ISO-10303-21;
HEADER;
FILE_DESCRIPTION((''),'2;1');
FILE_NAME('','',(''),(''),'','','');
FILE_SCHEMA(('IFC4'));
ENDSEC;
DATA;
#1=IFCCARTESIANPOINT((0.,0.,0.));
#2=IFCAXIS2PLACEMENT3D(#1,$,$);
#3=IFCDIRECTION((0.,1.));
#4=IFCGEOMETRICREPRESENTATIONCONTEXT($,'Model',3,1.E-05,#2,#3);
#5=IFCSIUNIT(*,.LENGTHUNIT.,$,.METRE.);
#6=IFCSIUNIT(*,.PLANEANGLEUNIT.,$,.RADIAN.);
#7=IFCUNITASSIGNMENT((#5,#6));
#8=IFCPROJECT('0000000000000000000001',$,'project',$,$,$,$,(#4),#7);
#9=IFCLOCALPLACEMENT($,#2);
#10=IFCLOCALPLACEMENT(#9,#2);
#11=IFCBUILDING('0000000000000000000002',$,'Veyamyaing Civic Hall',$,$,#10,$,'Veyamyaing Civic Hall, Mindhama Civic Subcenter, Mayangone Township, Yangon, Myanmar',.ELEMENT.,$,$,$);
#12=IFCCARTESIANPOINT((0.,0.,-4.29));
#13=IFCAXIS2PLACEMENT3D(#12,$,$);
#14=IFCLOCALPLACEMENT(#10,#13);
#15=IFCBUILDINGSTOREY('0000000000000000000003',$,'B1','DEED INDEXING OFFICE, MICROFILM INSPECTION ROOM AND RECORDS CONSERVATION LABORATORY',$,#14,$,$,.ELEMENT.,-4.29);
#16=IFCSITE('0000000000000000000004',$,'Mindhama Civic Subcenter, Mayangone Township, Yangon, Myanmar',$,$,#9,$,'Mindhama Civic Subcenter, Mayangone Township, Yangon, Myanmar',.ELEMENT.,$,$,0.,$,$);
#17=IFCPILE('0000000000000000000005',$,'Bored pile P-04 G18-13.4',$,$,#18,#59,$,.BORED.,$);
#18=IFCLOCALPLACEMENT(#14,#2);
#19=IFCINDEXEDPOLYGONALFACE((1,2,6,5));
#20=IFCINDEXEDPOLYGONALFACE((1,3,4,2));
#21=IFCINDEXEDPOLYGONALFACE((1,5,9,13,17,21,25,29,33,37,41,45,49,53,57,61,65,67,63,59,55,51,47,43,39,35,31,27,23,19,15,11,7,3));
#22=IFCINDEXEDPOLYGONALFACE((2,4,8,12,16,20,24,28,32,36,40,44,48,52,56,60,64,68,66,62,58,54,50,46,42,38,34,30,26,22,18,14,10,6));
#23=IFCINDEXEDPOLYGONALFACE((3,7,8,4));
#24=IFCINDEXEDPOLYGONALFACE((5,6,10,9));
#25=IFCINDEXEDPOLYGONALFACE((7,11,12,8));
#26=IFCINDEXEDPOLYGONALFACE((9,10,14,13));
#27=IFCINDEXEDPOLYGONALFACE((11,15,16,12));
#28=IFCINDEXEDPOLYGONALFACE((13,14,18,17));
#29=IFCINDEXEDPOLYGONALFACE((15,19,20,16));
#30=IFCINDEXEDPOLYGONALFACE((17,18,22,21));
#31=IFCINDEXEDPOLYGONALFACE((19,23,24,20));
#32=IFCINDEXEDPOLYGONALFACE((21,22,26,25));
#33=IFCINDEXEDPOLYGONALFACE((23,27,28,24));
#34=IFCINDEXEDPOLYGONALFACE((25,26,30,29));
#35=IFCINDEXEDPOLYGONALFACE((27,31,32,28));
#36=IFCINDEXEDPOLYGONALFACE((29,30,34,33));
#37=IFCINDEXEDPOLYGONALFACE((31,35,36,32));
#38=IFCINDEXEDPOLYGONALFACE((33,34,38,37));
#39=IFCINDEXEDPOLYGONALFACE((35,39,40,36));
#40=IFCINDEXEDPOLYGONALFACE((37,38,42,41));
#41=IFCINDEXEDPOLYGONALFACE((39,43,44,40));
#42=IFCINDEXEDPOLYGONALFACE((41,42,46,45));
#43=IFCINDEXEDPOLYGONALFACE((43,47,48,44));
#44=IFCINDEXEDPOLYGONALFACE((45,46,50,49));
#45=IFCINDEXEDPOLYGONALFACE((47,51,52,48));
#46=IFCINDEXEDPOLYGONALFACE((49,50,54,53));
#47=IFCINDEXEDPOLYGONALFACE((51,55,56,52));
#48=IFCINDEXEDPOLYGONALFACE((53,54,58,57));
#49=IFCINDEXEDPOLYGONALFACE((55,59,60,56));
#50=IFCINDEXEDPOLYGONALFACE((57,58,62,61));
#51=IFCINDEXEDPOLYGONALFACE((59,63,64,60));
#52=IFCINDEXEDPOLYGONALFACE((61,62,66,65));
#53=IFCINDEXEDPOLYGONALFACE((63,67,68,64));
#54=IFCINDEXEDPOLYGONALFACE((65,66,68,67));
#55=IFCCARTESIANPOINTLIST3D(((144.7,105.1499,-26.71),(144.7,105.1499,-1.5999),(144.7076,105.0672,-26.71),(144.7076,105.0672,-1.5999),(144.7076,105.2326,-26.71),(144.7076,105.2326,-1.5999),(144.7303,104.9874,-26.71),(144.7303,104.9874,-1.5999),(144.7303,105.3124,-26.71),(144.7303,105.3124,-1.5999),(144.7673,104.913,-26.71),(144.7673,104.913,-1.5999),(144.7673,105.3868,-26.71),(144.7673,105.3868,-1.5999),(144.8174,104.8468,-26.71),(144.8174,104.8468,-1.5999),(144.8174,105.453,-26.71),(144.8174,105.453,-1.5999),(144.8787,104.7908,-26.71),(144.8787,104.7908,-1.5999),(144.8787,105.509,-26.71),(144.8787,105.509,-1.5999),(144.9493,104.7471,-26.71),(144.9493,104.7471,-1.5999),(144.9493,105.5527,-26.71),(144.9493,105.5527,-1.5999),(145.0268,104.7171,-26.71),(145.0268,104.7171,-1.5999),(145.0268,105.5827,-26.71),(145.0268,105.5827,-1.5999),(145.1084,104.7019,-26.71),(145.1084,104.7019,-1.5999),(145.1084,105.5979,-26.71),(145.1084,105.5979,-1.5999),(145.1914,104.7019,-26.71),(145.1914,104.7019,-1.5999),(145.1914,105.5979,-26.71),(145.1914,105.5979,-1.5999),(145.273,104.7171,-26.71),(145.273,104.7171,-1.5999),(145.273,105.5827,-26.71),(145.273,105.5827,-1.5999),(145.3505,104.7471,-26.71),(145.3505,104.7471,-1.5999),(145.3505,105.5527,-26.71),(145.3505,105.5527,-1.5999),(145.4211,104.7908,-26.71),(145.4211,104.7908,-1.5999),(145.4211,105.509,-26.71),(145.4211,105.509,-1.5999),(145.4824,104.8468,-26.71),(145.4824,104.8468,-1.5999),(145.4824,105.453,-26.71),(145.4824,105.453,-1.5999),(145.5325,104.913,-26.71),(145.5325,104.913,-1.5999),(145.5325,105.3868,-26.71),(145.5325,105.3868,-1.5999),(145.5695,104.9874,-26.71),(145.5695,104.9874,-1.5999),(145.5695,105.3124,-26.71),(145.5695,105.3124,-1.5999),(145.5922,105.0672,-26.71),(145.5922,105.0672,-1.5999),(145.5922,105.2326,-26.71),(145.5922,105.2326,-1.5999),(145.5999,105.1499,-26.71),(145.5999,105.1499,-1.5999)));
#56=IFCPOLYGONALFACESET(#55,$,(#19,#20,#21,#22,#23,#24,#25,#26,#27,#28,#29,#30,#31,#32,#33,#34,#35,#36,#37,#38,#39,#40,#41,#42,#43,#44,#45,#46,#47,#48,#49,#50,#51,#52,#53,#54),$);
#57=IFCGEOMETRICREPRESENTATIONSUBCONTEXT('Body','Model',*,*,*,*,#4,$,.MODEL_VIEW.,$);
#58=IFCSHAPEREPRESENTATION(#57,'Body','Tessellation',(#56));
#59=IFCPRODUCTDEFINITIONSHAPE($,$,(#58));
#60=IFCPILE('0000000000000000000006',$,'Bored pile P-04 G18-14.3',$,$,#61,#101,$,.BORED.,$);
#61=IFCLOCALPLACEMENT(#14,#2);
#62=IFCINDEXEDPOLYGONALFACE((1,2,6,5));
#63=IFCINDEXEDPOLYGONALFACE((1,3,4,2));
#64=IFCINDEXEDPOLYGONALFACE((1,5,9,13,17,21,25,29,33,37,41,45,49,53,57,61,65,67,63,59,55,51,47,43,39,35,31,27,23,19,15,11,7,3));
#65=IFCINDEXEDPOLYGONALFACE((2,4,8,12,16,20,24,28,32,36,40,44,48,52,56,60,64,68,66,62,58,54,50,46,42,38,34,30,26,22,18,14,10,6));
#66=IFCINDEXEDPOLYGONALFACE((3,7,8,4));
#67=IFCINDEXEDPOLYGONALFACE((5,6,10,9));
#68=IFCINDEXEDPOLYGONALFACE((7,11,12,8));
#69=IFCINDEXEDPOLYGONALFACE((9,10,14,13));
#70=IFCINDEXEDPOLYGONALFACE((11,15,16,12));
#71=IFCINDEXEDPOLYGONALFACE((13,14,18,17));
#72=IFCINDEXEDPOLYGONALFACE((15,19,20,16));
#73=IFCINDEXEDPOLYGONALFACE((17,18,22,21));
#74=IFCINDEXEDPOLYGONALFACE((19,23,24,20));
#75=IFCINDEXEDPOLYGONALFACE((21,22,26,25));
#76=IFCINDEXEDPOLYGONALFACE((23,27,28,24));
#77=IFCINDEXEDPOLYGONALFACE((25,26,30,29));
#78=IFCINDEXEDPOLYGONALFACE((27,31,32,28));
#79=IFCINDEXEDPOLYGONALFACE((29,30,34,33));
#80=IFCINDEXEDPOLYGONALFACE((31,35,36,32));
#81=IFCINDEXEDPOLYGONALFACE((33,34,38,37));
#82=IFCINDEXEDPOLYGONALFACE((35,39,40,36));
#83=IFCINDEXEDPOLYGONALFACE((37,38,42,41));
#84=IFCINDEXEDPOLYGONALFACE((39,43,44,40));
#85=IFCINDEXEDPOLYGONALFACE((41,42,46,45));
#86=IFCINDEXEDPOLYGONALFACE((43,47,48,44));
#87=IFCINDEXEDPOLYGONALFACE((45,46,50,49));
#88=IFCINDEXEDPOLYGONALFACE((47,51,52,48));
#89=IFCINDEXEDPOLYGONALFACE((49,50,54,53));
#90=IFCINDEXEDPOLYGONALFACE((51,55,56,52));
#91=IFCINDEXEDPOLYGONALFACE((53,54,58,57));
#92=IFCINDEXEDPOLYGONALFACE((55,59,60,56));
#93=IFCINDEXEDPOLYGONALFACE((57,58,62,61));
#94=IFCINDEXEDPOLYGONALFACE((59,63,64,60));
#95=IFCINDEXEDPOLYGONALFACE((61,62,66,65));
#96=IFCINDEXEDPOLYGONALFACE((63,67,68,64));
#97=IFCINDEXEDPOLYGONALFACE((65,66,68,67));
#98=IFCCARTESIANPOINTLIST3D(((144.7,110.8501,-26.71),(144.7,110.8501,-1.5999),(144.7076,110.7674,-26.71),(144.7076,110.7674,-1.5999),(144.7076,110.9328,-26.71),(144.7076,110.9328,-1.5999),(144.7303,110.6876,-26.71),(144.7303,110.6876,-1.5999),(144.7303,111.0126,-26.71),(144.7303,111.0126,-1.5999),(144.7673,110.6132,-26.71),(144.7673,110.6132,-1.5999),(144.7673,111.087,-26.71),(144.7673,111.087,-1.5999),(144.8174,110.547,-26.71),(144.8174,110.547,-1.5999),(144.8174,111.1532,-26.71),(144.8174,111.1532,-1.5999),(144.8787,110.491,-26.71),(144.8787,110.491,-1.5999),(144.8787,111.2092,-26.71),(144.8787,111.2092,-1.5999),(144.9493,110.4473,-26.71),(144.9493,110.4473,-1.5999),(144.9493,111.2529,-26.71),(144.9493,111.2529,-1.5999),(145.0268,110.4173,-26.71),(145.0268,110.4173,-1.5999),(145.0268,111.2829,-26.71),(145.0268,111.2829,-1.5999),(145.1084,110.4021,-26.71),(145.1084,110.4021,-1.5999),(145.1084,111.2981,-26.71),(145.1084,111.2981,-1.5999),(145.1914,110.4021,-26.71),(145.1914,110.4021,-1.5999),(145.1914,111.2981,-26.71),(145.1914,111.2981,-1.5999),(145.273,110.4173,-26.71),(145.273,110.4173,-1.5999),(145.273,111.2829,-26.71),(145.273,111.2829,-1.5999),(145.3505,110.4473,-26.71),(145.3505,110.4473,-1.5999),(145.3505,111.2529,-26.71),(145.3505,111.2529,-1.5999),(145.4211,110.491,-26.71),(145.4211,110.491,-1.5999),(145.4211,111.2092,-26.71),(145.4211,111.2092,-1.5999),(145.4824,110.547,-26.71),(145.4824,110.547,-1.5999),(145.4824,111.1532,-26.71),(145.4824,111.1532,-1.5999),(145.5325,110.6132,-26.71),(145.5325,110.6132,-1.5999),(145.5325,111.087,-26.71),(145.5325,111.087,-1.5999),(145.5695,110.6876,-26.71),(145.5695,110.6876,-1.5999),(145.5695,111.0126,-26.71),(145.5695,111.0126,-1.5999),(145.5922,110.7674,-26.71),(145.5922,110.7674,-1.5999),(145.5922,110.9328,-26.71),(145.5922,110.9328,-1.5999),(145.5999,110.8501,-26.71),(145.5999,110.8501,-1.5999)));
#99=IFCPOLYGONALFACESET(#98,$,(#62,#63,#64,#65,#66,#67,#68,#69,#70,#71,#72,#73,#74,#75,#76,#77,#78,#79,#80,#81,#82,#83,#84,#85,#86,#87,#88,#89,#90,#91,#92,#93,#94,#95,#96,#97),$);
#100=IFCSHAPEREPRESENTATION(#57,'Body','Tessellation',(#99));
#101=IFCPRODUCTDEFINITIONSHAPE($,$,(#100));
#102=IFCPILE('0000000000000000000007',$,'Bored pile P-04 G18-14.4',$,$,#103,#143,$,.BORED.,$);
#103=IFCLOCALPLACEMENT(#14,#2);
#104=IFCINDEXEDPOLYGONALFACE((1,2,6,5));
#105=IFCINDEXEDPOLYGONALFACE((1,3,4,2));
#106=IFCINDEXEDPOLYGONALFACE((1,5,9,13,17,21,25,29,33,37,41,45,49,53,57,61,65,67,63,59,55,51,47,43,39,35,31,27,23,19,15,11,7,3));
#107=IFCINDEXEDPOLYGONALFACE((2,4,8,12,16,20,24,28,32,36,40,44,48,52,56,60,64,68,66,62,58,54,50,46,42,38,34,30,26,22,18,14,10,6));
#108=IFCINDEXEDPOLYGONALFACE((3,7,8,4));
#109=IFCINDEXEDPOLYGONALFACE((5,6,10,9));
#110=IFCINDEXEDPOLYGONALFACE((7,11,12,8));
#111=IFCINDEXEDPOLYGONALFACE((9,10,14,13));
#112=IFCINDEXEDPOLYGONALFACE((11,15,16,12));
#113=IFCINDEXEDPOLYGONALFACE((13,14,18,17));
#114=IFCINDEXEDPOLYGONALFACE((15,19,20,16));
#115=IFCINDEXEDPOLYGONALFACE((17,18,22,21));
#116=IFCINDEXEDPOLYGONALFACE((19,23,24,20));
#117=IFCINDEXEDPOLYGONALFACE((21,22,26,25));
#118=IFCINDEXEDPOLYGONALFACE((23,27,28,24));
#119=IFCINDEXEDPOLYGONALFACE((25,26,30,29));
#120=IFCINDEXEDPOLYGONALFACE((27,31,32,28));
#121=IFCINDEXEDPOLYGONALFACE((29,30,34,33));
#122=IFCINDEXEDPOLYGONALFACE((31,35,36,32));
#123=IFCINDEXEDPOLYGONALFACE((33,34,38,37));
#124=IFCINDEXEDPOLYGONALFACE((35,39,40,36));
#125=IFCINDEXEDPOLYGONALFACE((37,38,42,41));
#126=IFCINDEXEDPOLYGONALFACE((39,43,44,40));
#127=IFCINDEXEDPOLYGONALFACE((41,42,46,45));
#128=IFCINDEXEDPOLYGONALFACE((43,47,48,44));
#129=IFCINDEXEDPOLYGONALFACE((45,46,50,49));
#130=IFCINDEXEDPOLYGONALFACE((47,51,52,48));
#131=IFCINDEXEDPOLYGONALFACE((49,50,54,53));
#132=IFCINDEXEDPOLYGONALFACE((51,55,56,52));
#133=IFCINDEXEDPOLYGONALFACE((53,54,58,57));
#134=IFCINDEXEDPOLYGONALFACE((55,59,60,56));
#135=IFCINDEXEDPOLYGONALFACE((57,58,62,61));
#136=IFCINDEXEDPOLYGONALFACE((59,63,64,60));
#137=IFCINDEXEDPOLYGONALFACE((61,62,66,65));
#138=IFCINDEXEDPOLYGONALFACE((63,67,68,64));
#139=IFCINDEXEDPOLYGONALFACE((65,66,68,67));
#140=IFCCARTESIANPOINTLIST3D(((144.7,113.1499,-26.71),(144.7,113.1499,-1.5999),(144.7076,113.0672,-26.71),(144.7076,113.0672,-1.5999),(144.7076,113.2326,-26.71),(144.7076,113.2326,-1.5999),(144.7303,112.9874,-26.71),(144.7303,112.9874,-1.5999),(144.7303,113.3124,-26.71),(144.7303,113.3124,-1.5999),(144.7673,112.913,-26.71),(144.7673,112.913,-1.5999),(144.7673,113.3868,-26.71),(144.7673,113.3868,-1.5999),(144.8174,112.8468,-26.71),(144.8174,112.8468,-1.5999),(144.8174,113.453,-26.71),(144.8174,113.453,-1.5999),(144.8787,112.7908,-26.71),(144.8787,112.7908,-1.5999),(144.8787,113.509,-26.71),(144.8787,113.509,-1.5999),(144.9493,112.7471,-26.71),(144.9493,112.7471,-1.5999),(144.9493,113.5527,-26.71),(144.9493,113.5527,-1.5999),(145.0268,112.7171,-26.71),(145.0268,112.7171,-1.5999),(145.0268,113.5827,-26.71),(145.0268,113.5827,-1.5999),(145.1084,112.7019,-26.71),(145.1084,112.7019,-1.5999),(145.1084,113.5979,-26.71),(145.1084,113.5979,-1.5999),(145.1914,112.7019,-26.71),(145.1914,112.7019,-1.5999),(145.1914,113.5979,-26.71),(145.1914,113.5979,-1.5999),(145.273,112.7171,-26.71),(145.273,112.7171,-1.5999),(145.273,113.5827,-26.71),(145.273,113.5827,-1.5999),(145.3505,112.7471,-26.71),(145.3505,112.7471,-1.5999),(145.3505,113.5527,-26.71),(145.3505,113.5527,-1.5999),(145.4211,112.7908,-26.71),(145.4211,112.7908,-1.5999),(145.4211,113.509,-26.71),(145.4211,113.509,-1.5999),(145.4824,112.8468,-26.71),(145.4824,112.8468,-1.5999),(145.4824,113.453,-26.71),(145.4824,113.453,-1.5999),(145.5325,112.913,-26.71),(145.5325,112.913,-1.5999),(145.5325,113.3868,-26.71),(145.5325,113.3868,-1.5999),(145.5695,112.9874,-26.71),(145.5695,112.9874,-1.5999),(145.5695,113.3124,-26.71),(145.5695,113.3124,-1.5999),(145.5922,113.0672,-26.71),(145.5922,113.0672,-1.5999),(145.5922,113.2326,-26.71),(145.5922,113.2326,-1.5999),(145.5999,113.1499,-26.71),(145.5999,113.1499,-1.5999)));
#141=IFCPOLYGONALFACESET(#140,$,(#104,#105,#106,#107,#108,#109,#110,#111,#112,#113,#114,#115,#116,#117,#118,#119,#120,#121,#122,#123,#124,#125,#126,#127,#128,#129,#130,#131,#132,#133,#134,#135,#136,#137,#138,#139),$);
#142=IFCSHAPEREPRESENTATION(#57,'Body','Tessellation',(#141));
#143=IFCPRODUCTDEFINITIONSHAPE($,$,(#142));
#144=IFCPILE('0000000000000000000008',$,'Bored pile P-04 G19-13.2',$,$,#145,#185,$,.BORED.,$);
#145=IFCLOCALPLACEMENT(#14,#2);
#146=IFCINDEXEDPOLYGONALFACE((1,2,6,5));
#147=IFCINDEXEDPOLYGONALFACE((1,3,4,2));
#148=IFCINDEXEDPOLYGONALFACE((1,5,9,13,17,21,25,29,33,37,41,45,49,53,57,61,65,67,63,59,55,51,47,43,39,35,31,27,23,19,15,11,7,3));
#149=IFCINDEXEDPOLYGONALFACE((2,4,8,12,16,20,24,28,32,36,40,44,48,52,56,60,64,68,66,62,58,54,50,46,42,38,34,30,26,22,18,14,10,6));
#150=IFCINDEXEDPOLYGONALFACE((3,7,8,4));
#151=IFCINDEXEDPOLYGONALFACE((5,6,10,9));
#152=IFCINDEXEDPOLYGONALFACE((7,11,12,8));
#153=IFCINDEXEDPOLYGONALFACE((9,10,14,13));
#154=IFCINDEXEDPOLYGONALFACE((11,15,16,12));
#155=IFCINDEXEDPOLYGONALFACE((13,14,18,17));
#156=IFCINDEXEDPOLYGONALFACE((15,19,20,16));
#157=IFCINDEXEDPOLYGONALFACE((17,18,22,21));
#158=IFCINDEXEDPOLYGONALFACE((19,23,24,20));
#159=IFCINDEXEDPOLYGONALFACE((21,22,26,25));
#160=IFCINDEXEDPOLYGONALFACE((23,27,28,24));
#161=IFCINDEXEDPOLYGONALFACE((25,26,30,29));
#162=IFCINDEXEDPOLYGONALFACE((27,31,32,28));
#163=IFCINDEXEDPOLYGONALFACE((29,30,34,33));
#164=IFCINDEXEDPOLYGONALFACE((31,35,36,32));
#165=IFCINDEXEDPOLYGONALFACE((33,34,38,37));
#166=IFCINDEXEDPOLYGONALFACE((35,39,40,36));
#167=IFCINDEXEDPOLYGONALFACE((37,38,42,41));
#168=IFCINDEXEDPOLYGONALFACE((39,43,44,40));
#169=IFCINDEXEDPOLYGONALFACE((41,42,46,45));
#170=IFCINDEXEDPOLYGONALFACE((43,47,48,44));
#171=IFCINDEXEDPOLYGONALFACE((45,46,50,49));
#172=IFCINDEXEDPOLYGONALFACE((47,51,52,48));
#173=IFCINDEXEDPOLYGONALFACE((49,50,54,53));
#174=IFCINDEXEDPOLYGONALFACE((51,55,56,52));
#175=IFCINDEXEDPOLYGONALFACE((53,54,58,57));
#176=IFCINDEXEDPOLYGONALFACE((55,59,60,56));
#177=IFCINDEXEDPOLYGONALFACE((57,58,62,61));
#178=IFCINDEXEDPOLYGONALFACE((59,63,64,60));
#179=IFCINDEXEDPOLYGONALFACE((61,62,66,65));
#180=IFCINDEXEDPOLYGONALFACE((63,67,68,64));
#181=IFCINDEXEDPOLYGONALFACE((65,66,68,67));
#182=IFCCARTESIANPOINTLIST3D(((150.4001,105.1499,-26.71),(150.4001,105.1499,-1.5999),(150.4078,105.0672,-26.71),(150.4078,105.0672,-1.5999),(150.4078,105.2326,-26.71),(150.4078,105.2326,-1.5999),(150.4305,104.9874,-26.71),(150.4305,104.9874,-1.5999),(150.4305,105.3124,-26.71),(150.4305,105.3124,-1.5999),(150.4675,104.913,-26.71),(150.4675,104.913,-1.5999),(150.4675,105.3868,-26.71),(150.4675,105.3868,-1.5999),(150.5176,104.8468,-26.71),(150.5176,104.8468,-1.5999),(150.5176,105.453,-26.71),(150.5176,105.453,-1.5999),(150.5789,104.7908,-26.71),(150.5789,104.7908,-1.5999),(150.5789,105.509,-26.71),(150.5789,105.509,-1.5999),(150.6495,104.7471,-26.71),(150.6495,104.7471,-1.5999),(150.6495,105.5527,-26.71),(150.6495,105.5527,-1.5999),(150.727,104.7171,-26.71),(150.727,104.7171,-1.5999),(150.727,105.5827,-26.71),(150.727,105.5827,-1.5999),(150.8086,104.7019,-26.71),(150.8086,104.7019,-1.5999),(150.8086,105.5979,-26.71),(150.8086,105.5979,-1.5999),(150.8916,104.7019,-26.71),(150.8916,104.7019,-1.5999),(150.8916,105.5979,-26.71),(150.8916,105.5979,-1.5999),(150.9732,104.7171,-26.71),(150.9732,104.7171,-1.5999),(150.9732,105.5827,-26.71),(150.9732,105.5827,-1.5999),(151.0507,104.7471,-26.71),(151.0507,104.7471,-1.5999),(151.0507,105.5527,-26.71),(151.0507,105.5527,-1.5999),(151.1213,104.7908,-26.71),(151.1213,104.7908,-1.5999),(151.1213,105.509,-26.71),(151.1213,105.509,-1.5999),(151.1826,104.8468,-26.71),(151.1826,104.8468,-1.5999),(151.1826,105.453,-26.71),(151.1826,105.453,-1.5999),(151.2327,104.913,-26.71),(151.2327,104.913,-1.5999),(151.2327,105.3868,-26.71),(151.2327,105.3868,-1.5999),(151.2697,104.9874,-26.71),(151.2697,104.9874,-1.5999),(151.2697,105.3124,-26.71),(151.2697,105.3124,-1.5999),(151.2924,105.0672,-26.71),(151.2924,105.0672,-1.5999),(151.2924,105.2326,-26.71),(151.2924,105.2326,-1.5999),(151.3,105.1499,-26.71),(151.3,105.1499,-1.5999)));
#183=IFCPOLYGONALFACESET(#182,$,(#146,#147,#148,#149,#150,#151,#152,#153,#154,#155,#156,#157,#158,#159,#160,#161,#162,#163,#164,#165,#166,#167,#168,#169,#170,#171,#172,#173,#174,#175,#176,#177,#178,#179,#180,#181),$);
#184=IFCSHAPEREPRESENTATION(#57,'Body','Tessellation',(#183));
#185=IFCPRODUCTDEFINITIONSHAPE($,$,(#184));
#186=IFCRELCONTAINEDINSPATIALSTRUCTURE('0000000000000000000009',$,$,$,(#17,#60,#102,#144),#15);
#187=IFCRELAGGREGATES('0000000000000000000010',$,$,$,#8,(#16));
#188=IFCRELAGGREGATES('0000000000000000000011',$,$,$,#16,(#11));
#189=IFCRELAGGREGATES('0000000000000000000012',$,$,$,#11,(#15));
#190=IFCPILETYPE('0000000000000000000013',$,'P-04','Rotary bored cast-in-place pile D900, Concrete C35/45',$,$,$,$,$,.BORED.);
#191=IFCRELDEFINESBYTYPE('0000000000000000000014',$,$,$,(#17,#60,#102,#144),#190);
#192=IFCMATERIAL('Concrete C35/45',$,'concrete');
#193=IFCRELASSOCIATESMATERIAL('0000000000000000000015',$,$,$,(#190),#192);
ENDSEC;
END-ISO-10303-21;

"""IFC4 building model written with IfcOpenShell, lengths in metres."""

from ifc_helpers import new_model, si_unit, direction, frame, origin, origin_2d, place, context, subcontext, project, spatial, circle, extrude, material, material_profile, profile_set, type_object, element, save


model = new_model("IFC4")

# Units and contexts
model_context = context("Model", 3, precision=1e-05, world=origin(), true_north=direction((0.0, 1.0)))
body_context = subcontext(model_context, "Body", "Model", "MODEL_VIEW")
ifc_project = project(units=[si_unit("LENGTHUNIT", "METRE"), si_unit("PLANEANGLEUNIT", "RADIAN")], contexts=[model_context])

# Site, building, storey
site_placement = place(None, origin())
site = spatial("IfcSite", under=ifc_project, at=site_placement, Name="Mindhama Civic Subcenter, Mayangone Township, Yangon, Myanmar", LongName="Mindhama Civic Subcenter, Mayangone Township, Yangon, Myanmar", CompositionType="ELEMENT", RefElevation=0.0)
building_placement = place(site_placement, origin())
building = spatial("IfcBuilding", under=site, at=building_placement, Name="Veyamyaing Civic Hall", LongName="Veyamyaing Civic Hall, Mindhama Civic Subcenter, Mayangone Township, Yangon, Myanmar", CompositionType="ELEMENT")
storey_placement = place(building_placement, frame((0.0, 0.0, -4.29)))
storey = spatial("IfcBuildingStorey", under=building, at=storey_placement, Name="B1", Description="DEED INDEXING OFFICE, MICROFILM INSPECTION ROOM AND RECORDS CONSERVATION LABORATORY", CompositionType="ELEMENT", Elevation=-4.29)

# Piles
ifc_material_1 = material(Name="Concrete C35/45", Category="concrete")
ifc_material_profile_1 = material_profile(ifc_material_1, circle(Radius=0.45, at=origin_2d()), Name="PILE-D900")
ifc_profile_set_1 = profile_set([ifc_material_profile_1], Name="Concrete C35/45")
pile_type_1 = type_object("IfcPileType", Name="P-04", Description="Rotary bored cast-in-place pile D900, Concrete C35/45", PredefinedType="BORED", material=ifc_profile_set_1)
for number, where, z_axis, x_axis, name in (
    (1, (145.1499, 105.1499, -1.5999), (0.0, 0.0, -1.0), (1.0, 0.0, 0.0), "Bored pile P-04 G18-13.4"),
    (2, (145.1499, 110.8501, -1.5999), (0.0, 0.0, -1.0), (1.0, 0.0, 0.0), "Bored pile P-04 G18-14.3"),
    (3, (145.1499, 113.1499, -1.5999), (0.0, 0.0, -1.0), (1.0, 0.0, 0.0), "Bored pile P-04 G18-14.4"),
    (4, (150.8501, 105.1499, -1.5999), (0.0, 0.0, -1.0), (1.0, 0.0, 0.0), "Bored pile P-04 G19-13.2"),
):
    element("IfcPile", number, at=place(storey_placement, frame(where, z_axis=z_axis, x_axis=x_axis)), inside=storey, type_object=pile_type_1, Name=name, PredefinedType="BORED", context=body_context, shape_type="SweptSolid", body=[
        extrude(circle(Radius=0.45, at=origin_2d()), origin(), (0.0, 0.0, 1.0), 25.1101),
    ])

save(model, "model.ifc")
